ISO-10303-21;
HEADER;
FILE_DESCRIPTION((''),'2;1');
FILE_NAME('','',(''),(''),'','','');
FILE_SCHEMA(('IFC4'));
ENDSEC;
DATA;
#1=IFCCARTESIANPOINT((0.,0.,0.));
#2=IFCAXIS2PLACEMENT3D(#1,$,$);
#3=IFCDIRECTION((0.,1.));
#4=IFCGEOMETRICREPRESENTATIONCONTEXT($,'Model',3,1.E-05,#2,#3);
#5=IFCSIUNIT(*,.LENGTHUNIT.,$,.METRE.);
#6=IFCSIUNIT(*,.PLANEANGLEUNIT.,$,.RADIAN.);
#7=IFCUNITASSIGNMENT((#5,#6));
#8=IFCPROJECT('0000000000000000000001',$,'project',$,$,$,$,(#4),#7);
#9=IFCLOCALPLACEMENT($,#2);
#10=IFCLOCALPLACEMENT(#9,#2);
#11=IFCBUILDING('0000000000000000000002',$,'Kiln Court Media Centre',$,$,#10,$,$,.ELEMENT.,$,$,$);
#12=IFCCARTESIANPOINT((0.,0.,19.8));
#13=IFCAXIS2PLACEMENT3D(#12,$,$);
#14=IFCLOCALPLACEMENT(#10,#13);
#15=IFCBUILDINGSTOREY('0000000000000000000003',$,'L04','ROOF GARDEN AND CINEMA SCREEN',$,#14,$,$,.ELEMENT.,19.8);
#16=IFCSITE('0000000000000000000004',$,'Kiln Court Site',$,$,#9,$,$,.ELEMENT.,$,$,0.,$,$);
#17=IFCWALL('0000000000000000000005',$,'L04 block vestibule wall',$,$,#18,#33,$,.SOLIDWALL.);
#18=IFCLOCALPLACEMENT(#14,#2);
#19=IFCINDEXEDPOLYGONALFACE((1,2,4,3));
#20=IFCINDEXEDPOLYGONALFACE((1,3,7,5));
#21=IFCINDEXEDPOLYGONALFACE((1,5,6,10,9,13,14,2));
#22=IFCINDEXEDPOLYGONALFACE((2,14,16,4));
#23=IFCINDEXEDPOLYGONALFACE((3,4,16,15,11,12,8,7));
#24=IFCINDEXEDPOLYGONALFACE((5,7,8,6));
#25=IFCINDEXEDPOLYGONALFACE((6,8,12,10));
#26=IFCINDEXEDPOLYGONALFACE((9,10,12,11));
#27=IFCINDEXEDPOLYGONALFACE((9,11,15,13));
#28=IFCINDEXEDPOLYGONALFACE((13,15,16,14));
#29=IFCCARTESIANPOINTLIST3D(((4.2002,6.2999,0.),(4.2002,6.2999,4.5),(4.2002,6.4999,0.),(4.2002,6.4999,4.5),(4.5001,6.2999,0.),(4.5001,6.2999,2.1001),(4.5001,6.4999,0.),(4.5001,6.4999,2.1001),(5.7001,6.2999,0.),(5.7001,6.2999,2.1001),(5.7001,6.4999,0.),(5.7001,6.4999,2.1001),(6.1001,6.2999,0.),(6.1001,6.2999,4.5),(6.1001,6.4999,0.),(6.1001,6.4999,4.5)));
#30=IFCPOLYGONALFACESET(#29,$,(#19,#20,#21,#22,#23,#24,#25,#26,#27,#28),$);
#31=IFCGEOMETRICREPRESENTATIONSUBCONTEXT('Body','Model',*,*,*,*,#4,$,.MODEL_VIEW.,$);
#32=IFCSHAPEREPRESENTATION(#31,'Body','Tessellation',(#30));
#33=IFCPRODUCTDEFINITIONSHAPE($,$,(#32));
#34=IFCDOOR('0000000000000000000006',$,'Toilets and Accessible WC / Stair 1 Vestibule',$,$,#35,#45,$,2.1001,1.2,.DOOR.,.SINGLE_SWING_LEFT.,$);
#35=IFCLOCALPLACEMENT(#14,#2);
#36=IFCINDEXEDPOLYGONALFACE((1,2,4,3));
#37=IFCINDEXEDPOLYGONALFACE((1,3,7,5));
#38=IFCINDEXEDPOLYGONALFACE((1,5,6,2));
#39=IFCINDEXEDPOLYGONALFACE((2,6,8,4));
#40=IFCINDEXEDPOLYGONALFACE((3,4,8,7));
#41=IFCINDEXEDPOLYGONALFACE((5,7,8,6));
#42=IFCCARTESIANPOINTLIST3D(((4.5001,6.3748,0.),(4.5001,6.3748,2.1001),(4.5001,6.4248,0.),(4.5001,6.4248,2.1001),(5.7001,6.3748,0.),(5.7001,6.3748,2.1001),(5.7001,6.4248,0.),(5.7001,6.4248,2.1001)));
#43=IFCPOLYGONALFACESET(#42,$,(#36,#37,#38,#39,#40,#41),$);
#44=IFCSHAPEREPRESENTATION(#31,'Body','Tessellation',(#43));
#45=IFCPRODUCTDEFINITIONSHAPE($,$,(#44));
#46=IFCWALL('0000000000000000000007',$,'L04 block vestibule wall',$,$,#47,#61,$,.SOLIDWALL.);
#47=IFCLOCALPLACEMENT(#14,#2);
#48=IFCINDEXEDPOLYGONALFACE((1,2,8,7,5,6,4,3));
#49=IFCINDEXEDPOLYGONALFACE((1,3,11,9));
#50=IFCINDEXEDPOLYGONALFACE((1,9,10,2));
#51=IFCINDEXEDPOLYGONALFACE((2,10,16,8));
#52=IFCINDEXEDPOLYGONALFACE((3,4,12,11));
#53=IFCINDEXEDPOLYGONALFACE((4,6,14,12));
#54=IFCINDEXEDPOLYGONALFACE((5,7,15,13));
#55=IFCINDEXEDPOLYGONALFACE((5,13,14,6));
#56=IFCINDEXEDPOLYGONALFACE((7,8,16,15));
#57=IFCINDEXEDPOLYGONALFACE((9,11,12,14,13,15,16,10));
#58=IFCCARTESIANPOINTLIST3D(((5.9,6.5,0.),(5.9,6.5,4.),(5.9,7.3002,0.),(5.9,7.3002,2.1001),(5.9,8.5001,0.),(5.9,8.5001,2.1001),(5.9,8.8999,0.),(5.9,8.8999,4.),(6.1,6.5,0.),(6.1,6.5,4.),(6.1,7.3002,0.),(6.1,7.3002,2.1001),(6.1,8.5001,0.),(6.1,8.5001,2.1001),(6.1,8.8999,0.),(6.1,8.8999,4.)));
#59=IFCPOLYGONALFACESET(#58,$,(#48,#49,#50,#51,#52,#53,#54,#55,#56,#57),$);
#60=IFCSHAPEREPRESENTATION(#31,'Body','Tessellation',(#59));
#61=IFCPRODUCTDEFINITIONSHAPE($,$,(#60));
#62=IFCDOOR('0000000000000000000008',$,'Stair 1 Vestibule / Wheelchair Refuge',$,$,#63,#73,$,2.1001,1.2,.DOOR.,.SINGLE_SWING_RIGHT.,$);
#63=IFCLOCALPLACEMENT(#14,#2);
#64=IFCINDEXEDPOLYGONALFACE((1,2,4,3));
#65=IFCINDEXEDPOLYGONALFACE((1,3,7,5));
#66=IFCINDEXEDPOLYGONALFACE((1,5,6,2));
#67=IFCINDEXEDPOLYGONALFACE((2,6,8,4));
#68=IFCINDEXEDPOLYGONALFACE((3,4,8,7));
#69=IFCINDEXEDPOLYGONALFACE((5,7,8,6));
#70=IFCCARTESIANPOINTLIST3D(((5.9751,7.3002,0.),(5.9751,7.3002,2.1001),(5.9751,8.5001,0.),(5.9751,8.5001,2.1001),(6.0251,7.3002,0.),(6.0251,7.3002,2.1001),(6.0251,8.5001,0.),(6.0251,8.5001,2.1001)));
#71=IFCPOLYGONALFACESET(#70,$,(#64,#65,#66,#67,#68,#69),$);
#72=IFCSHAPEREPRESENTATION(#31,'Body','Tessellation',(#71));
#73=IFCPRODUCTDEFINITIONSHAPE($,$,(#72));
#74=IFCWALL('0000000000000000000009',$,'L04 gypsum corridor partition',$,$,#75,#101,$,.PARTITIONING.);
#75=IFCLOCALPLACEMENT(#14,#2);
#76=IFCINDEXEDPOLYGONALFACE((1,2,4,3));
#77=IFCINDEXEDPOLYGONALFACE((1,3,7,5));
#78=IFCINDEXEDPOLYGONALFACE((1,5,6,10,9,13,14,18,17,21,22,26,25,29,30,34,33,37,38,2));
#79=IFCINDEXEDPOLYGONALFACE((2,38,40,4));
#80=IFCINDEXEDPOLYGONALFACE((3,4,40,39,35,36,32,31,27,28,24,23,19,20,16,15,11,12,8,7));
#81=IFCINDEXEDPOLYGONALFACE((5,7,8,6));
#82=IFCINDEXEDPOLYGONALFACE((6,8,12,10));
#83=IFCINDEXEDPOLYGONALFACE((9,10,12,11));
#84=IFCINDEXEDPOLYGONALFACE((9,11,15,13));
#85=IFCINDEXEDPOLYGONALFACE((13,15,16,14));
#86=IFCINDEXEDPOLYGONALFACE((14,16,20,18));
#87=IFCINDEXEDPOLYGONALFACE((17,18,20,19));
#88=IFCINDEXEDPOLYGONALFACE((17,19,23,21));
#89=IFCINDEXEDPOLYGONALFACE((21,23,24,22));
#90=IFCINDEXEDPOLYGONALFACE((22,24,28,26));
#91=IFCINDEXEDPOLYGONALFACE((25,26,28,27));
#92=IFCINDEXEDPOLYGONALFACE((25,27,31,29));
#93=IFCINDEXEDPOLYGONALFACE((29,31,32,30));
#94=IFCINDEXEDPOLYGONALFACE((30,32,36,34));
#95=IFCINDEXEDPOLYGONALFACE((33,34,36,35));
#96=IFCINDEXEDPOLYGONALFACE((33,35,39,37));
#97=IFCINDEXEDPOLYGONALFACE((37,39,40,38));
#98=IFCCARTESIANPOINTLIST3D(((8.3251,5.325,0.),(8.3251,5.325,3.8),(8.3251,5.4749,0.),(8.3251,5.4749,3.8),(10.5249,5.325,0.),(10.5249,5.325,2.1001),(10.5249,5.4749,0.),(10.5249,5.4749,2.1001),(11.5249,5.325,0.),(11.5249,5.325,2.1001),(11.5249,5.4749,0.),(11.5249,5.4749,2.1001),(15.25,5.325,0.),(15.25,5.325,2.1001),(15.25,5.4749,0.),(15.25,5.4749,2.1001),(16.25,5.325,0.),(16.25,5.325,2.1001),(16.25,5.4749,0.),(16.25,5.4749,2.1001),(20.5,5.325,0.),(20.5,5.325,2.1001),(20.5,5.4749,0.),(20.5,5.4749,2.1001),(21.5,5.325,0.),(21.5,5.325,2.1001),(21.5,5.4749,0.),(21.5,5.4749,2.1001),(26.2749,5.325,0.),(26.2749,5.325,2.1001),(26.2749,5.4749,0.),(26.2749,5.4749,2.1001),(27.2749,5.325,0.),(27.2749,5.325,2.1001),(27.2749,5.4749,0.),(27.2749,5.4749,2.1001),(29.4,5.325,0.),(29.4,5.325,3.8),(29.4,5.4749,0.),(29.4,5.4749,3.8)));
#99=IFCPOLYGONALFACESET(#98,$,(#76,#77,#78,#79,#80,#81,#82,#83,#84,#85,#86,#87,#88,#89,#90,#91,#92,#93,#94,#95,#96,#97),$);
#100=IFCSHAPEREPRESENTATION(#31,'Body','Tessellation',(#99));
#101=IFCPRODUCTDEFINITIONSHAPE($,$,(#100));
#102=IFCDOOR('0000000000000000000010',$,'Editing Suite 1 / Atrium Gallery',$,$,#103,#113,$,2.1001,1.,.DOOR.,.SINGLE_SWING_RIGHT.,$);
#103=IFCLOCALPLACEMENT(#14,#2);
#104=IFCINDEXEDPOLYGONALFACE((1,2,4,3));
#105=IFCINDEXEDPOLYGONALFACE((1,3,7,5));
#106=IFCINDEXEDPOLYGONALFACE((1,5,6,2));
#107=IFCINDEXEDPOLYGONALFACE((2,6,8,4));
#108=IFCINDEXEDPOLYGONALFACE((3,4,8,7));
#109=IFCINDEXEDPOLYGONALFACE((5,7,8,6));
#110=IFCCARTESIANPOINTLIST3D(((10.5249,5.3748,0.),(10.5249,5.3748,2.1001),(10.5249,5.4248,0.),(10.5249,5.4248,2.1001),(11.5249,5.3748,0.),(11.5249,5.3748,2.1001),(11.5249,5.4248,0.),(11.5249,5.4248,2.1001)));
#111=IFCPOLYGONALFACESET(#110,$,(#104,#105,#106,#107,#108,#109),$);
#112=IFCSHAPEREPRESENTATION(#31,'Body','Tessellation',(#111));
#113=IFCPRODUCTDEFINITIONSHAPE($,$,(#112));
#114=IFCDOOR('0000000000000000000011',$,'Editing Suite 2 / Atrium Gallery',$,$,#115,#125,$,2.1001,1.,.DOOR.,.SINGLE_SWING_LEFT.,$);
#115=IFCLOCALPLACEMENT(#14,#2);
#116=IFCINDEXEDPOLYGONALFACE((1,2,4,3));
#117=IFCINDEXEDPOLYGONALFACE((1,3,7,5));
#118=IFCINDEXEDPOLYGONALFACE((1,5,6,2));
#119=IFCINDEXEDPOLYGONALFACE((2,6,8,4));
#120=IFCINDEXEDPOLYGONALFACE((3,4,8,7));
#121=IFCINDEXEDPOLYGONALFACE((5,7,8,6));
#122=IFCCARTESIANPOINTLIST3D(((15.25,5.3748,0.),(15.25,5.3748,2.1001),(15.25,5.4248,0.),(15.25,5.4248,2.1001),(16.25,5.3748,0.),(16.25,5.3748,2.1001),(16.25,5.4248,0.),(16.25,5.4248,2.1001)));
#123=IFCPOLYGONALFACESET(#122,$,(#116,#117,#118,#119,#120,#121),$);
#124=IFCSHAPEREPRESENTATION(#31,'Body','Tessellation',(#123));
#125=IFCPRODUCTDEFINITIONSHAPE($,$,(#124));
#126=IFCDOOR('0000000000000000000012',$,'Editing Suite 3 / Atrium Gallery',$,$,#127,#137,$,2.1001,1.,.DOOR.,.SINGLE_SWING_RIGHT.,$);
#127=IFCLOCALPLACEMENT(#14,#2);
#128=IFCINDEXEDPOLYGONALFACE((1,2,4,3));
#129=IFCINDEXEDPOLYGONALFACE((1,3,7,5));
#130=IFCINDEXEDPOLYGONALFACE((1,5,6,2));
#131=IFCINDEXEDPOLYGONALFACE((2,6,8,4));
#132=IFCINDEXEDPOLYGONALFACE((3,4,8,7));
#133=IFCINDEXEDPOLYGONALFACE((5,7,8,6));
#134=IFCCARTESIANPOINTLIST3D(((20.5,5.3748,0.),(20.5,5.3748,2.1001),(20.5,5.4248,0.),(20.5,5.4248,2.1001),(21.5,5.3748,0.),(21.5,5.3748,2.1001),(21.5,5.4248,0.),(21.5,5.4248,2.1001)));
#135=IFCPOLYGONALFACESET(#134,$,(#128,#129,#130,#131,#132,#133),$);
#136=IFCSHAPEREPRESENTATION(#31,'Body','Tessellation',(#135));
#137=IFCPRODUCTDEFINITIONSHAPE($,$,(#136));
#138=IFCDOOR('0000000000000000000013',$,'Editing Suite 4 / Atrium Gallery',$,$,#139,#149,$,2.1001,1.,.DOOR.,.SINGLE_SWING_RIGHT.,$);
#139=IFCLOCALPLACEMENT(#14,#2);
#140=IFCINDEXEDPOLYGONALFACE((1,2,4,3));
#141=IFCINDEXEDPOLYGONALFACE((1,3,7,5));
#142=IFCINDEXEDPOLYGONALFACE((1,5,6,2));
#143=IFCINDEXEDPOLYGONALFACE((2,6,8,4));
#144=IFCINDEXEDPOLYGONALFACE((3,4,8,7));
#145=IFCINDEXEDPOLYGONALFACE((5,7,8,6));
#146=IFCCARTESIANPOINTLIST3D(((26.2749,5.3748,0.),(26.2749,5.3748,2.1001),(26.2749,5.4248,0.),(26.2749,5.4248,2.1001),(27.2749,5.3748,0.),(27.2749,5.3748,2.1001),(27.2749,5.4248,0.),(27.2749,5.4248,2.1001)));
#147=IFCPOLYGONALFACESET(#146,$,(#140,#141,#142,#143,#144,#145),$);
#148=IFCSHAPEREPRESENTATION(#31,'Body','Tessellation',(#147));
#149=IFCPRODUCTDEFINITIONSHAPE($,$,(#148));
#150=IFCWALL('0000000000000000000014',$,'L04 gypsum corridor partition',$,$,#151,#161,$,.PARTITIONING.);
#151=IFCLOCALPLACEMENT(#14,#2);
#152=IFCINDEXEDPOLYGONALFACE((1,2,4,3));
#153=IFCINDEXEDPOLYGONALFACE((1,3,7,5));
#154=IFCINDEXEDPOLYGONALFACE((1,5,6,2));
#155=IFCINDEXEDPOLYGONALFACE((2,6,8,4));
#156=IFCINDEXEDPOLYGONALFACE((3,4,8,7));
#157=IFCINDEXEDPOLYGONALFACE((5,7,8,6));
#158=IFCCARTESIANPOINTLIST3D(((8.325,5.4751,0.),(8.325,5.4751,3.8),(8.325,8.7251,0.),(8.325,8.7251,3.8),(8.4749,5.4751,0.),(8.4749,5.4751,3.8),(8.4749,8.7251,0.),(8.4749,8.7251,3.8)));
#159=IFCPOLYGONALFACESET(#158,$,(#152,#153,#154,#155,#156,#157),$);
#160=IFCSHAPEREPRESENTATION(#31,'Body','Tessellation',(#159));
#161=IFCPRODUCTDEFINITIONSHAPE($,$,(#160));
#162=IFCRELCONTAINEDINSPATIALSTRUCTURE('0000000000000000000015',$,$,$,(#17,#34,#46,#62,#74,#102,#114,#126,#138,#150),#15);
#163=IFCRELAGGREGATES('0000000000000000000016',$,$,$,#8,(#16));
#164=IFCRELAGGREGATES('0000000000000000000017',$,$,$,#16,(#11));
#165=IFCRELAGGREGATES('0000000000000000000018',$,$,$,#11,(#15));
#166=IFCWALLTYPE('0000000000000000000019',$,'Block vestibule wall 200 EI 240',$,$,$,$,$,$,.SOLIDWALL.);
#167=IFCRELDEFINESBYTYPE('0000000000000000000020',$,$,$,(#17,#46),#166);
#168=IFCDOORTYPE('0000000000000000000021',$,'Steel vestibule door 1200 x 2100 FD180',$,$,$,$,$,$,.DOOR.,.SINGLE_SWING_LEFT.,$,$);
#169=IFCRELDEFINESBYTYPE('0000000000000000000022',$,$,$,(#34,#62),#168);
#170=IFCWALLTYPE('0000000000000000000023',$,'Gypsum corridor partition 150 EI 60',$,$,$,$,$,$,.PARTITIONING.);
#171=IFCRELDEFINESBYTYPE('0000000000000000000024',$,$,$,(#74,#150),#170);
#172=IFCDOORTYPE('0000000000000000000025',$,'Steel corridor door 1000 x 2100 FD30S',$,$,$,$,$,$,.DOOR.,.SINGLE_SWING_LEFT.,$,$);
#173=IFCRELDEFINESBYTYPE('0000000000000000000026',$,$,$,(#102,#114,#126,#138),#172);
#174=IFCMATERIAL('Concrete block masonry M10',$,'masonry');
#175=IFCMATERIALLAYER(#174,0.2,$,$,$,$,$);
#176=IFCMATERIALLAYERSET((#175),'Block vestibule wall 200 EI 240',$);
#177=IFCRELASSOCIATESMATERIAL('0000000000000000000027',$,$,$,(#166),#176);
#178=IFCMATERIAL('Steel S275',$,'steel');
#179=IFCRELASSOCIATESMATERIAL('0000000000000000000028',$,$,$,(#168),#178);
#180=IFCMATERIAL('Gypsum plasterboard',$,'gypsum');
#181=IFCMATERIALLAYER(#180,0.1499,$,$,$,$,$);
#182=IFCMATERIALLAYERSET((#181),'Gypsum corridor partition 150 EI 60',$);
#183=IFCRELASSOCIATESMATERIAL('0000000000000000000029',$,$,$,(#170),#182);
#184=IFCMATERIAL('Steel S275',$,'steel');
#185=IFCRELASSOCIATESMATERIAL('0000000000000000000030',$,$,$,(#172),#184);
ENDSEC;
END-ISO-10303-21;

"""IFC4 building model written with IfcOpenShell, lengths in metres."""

from ifc_helpers import new_model, si_unit, direction, frame, frame_2d, origin, place, context, subcontext, project, spatial, rectangle, extrude, material, layer, layer_set, type_object, element, fill, save


model = new_model("IFC4")

# Units and contexts
model_context = context("Model", 3, precision=1e-05, world=origin(), true_north=direction((0.0, 1.0)))
body_context = subcontext(model_context, "Body", "Model", "MODEL_VIEW")
ifc_project = project(units=[si_unit("LENGTHUNIT", "METRE"), si_unit("PLANEANGLEUNIT", "RADIAN")], contexts=[model_context])

# Site, building, storey
site_placement = place(None, origin())
site = spatial("IfcSite", under=ifc_project, at=site_placement, Name="Kiln Court Site", CompositionType="ELEMENT", RefElevation=0.0)
building_placement = place(site_placement, origin())
building = spatial("IfcBuilding", under=site, at=building_placement, Name="Kiln Court Media Centre", CompositionType="ELEMENT")
storey_placement = place(building_placement, frame((0.0, 0.0, 19.8)))
storey = spatial("IfcBuildingStorey", under=building, at=storey_placement, Name="L04", Description="ROOF GARDEN AND CINEMA SCREEN", CompositionType="ELEMENT", Elevation=19.8)

# Walls, openings, doors
ifc_material_1 = material(Name="Concrete block masonry M10", Category="masonry")
ifc_layer_1 = layer(ifc_material_1, 0.2)
ifc_layer_set_1 = layer_set([ifc_layer_1], Name="Block vestibule wall 200 EI 240")
wall_type_1 = type_object("IfcWallType", Name="Block vestibule wall 200 EI 240", PredefinedType="SOLIDWALL", material=ifc_layer_set_1)
wall_1_placement = place(storey_placement, frame((4.2002, 6.3999, 0.0), z_axis=(0.0, 0.0, 1.0), x_axis=(1.0, 0.0, 0.0)))
wall_1 = element("IfcWall", 1, at=wall_1_placement, inside=storey, type_object=wall_type_1, Name="L04 block vestibule wall", PredefinedType="SOLIDWALL", context=body_context, shape_type="SweptSolid", body=[
    extrude(rectangle(XDim=1.8999, YDim=0.2, at=frame_2d((0.95, 0.0))), origin(), (0.0, 0.0, 1.0), 4.5),
])
opening_1_placement = place(wall_1_placement, frame((0.2998, 0.0, 0.0)))
opening_1 = element("IfcOpeningElement", 2, at=opening_1_placement, cuts=wall_1, PredefinedType="OPENING", context=body_context, shape_type="SweptSolid", body=[
    extrude(rectangle(XDim=1.2, YDim=2.1001, at=frame_2d((0.6001, 1.05))), frame((0.0, 0.1099, 0.0), z_axis=(0.0, -1.0, 0.0), x_axis=(1.0, 0.0, 0.0)), (0.0, 0.0, 1.0), 0.22),
])
ifc_material_2 = material(Name="Steel S275", Category="steel")
door_type_1 = type_object("IfcDoorType", Name="Steel vestibule door 1200 x 2100 FD180", OperationType="SINGLE_SWING_LEFT", PredefinedType="DOOR", material=ifc_material_2)
door_1_placement = place(opening_1_placement, origin())
door_1 = element("IfcDoor", 3, at=door_1_placement, inside=storey, type_object=door_type_1, Name="Toilets and Accessible WC / Stair 1 Vestibule", OperationType="SINGLE_SWING_LEFT", OverallHeight=2.1001, OverallWidth=1.2, PredefinedType="DOOR", context=body_context, shape_type="SweptSolid", body=[
    extrude(rectangle(XDim=1.2, YDim=2.1001, at=frame_2d((0.6001, 1.05))), frame((0.0, 0.0249, 0.0), z_axis=(0.0, -1.0, 0.0), x_axis=(1.0, 0.0, 0.0)), (0.0, 0.0, 1.0), 0.05),
])
fill(opening_1, door_1)
wall_2_placement = place(storey_placement, frame((6.0, 6.5, 0.0), z_axis=(0.0, 0.0, 1.0), x_axis=(0.0, 1.0, 0.0)))
wall_2 = element("IfcWall", 4, at=wall_2_placement, inside=storey, type_object=wall_type_1, Name="L04 block vestibule wall", PredefinedType="SOLIDWALL", context=body_context, shape_type="SweptSolid", body=[
    extrude(rectangle(XDim=2.3999, YDim=0.2, at=frame_2d((1.2, 0.0))), origin(), (0.0, 0.0, 1.0), 4.0),
])
opening_2_placement = place(wall_2_placement, frame((0.8, 0.0, 0.0)))
opening_2 = element("IfcOpeningElement", 5, at=opening_2_placement, cuts=wall_2, PredefinedType="OPENING", context=body_context, shape_type="SweptSolid", body=[
    extrude(rectangle(XDim=1.2, YDim=2.1001, at=frame_2d((0.6001, 1.05))), frame((0.0, 0.1099, 0.0), z_axis=(0.0, -1.0, 0.0), x_axis=(1.0, 0.0, 0.0)), (0.0, 0.0, 1.0), 0.22),
])
door_2_placement = place(opening_2_placement, origin())
door_2 = element("IfcDoor", 6, at=door_2_placement, inside=storey, type_object=door_type_1, Name="Stair 1 Vestibule / Wheelchair Refuge", OperationType="SINGLE_SWING_RIGHT", OverallHeight=2.1001, OverallWidth=1.2, PredefinedType="DOOR", context=body_context, shape_type="SweptSolid", body=[
    extrude(rectangle(XDim=1.2, YDim=2.1001, at=frame_2d((0.6001, 1.05))), frame((0.0, 0.0249, 0.0), z_axis=(0.0, -1.0, 0.0), x_axis=(1.0, 0.0, 0.0)), (0.0, 0.0, 1.0), 0.05),
])
fill(opening_2, door_2)

# Wall, openings, doors
ifc_material_3 = material(Name="Gypsum plasterboard", Category="gypsum")
ifc_layer_2 = layer(ifc_material_3, 0.1499)
ifc_layer_set_2 = layer_set([ifc_layer_2], Name="Gypsum corridor partition 150 EI 60")
wall_type_2 = type_object("IfcWallType", Name="Gypsum corridor partition 150 EI 60", PredefinedType="PARTITIONING", material=ifc_layer_set_2)
wall_3_placement = place(storey_placement, frame((8.325, 5.3999, 0.0), z_axis=(0.0, 0.0, 1.0), x_axis=(1.0, 0.0, 0.0)))
wall_3 = element("IfcWall", 7, at=wall_3_placement, inside=storey, type_object=wall_type_2, Name="L04 gypsum corridor partition", PredefinedType="PARTITIONING", context=body_context, shape_type="SweptSolid", body=[
    extrude(rectangle(XDim=21.075, YDim=0.1499, at=frame_2d((10.5376, 0.0))), origin(), (0.0, 0.0, 1.0), 3.8),
])
opening_3_placement = place(wall_3_placement, frame((2.2, 0.0, 0.0)))
opening_3 = element("IfcOpeningElement", 8, at=opening_3_placement, cuts=wall_3, PredefinedType="OPENING", context=body_context, shape_type="SweptSolid", body=[
    extrude(rectangle(XDim=1.0, YDim=2.1001, at=frame_2d((0.5, 1.05))), frame((0.0, 0.085, 0.0), z_axis=(0.0, -1.0, 0.0), x_axis=(1.0, 0.0, 0.0)), (0.0, 0.0, 1.0), 0.1699),
])
opening_4_placement = place(wall_3_placement, frame((6.925, 0.0, 0.0)))
opening_4 = element("IfcOpeningElement", 9, at=opening_4_placement, cuts=wall_3, PredefinedType="OPENING", context=body_context, shape_type="SweptSolid", body=[
    extrude(rectangle(XDim=1.0, YDim=2.1001, at=frame_2d((0.5, 1.05))), frame((0.0, 0.085, 0.0), z_axis=(0.0, -1.0, 0.0), x_axis=(1.0, 0.0, 0.0)), (0.0, 0.0, 1.0), 0.1699),
])
opening_5_placement = place(wall_3_placement, frame((12.175, 0.0, 0.0)))
opening_5 = element("IfcOpeningElement", 10, at=opening_5_placement, cuts=wall_3, PredefinedType="OPENING", context=body_context, shape_type="SweptSolid", body=[
    extrude(rectangle(XDim=1.0, YDim=2.1001, at=frame_2d((0.5, 1.05))), frame((0.0, 0.085, 0.0), z_axis=(0.0, -1.0, 0.0), x_axis=(1.0, 0.0, 0.0)), (0.0, 0.0, 1.0), 0.1699),
])
opening_6_placement = place(wall_3_placement, frame((17.95, 0.0, 0.0)))
opening_6 = element("IfcOpeningElement", 11, at=opening_6_placement, cuts=wall_3, PredefinedType="OPENING", context=body_context, shape_type="SweptSolid", body=[
    extrude(rectangle(XDim=1.0, YDim=2.1001, at=frame_2d((0.5, 1.05))), frame((0.0, 0.085, 0.0), z_axis=(0.0, -1.0, 0.0), x_axis=(1.0, 0.0, 0.0)), (0.0, 0.0, 1.0), 0.1699),
])
ifc_material_4 = material(Name="Steel S275", Category="steel")
door_type_2 = type_object("IfcDoorType", Name="Steel corridor door 1000 x 2100 FD30S", OperationType="SINGLE_SWING_LEFT", PredefinedType="DOOR", material=ifc_material_4)
door_3_placement = place(opening_3_placement, origin())
door_3 = element("IfcDoor", 12, at=door_3_placement, inside=storey, type_object=door_type_2, Name="Editing Suite 1 / Atrium Gallery", OperationType="SINGLE_SWING_RIGHT", OverallHeight=2.1001, OverallWidth=1.0, PredefinedType="DOOR", context=body_context, shape_type="SweptSolid", body=[
    extrude(rectangle(XDim=1.0, YDim=2.1001, at=frame_2d((0.5, 1.05))), frame((0.0, 0.0249, 0.0), z_axis=(0.0, -1.0, 0.0), x_axis=(1.0, 0.0, 0.0)), (0.0, 0.0, 1.0), 0.05),
])
fill(opening_3, door_3)
door_4_placement = place(opening_4_placement, origin())
door_4 = element("IfcDoor", 13, at=door_4_placement, inside=storey, type_object=door_type_2, Name="Editing Suite 2 / Atrium Gallery", OperationType="SINGLE_SWING_LEFT", OverallHeight=2.1001, OverallWidth=1.0, PredefinedType="DOOR", context=body_context, shape_type="SweptSolid", body=[
    extrude(rectangle(XDim=1.0, YDim=2.1001, at=frame_2d((0.5, 1.05))), frame((0.0, 0.0249, 0.0), z_axis=(0.0, -1.0, 0.0), x_axis=(1.0, 0.0, 0.0)), (0.0, 0.0, 1.0), 0.05),
])
fill(opening_4, door_4)
door_5_placement = place(opening_5_placement, origin())
door_5 = element("IfcDoor", 14, at=door_5_placement, inside=storey, type_object=door_type_2, Name="Editing Suite 3 / Atrium Gallery", OperationType="SINGLE_SWING_RIGHT", OverallHeight=2.1001, OverallWidth=1.0, PredefinedType="DOOR", context=body_context, shape_type="SweptSolid", body=[
    extrude(rectangle(XDim=1.0, YDim=2.1001, at=frame_2d((0.5, 1.05))), frame((0.0, 0.0249, 0.0), z_axis=(0.0, -1.0, 0.0), x_axis=(1.0, 0.0, 0.0)), (0.0, 0.0, 1.0), 0.05),
])
fill(opening_5, door_5)
door_6_placement = place(opening_6_placement, origin())
door_6 = element("IfcDoor", 15, at=door_6_placement, inside=storey, type_object=door_type_2, Name="Editing Suite 4 / Atrium Gallery", OperationType="SINGLE_SWING_RIGHT", OverallHeight=2.1001, OverallWidth=1.0, PredefinedType="DOOR", context=body_context, shape_type="SweptSolid", body=[
    extrude(rectangle(XDim=1.0, YDim=2.1001, at=frame_2d((0.5, 1.05))), frame((0.0, 0.0249, 0.0), z_axis=(0.0, -1.0, 0.0), x_axis=(1.0, 0.0, 0.0)), (0.0, 0.0, 1.0), 0.05),
])
fill(opening_6, door_6)

# Wall
wall_4_placement = place(storey_placement, frame((8.3999, 5.4751, 0.0), z_axis=(0.0, 0.0, 1.0), x_axis=(0.0, 1.0, 0.0)))
element("IfcWall", 16, at=wall_4_placement, inside=storey, type_object=wall_type_2, Name="L04 gypsum corridor partition", PredefinedType="PARTITIONING", context=body_context, shape_type="SweptSolid", body=[
    extrude(rectangle(XDim=3.25, YDim=0.1499, at=frame_2d((1.625, 0.0))), origin(), (0.0, 0.0, 1.0), 3.8),
])

save(model, "model.ifc")
